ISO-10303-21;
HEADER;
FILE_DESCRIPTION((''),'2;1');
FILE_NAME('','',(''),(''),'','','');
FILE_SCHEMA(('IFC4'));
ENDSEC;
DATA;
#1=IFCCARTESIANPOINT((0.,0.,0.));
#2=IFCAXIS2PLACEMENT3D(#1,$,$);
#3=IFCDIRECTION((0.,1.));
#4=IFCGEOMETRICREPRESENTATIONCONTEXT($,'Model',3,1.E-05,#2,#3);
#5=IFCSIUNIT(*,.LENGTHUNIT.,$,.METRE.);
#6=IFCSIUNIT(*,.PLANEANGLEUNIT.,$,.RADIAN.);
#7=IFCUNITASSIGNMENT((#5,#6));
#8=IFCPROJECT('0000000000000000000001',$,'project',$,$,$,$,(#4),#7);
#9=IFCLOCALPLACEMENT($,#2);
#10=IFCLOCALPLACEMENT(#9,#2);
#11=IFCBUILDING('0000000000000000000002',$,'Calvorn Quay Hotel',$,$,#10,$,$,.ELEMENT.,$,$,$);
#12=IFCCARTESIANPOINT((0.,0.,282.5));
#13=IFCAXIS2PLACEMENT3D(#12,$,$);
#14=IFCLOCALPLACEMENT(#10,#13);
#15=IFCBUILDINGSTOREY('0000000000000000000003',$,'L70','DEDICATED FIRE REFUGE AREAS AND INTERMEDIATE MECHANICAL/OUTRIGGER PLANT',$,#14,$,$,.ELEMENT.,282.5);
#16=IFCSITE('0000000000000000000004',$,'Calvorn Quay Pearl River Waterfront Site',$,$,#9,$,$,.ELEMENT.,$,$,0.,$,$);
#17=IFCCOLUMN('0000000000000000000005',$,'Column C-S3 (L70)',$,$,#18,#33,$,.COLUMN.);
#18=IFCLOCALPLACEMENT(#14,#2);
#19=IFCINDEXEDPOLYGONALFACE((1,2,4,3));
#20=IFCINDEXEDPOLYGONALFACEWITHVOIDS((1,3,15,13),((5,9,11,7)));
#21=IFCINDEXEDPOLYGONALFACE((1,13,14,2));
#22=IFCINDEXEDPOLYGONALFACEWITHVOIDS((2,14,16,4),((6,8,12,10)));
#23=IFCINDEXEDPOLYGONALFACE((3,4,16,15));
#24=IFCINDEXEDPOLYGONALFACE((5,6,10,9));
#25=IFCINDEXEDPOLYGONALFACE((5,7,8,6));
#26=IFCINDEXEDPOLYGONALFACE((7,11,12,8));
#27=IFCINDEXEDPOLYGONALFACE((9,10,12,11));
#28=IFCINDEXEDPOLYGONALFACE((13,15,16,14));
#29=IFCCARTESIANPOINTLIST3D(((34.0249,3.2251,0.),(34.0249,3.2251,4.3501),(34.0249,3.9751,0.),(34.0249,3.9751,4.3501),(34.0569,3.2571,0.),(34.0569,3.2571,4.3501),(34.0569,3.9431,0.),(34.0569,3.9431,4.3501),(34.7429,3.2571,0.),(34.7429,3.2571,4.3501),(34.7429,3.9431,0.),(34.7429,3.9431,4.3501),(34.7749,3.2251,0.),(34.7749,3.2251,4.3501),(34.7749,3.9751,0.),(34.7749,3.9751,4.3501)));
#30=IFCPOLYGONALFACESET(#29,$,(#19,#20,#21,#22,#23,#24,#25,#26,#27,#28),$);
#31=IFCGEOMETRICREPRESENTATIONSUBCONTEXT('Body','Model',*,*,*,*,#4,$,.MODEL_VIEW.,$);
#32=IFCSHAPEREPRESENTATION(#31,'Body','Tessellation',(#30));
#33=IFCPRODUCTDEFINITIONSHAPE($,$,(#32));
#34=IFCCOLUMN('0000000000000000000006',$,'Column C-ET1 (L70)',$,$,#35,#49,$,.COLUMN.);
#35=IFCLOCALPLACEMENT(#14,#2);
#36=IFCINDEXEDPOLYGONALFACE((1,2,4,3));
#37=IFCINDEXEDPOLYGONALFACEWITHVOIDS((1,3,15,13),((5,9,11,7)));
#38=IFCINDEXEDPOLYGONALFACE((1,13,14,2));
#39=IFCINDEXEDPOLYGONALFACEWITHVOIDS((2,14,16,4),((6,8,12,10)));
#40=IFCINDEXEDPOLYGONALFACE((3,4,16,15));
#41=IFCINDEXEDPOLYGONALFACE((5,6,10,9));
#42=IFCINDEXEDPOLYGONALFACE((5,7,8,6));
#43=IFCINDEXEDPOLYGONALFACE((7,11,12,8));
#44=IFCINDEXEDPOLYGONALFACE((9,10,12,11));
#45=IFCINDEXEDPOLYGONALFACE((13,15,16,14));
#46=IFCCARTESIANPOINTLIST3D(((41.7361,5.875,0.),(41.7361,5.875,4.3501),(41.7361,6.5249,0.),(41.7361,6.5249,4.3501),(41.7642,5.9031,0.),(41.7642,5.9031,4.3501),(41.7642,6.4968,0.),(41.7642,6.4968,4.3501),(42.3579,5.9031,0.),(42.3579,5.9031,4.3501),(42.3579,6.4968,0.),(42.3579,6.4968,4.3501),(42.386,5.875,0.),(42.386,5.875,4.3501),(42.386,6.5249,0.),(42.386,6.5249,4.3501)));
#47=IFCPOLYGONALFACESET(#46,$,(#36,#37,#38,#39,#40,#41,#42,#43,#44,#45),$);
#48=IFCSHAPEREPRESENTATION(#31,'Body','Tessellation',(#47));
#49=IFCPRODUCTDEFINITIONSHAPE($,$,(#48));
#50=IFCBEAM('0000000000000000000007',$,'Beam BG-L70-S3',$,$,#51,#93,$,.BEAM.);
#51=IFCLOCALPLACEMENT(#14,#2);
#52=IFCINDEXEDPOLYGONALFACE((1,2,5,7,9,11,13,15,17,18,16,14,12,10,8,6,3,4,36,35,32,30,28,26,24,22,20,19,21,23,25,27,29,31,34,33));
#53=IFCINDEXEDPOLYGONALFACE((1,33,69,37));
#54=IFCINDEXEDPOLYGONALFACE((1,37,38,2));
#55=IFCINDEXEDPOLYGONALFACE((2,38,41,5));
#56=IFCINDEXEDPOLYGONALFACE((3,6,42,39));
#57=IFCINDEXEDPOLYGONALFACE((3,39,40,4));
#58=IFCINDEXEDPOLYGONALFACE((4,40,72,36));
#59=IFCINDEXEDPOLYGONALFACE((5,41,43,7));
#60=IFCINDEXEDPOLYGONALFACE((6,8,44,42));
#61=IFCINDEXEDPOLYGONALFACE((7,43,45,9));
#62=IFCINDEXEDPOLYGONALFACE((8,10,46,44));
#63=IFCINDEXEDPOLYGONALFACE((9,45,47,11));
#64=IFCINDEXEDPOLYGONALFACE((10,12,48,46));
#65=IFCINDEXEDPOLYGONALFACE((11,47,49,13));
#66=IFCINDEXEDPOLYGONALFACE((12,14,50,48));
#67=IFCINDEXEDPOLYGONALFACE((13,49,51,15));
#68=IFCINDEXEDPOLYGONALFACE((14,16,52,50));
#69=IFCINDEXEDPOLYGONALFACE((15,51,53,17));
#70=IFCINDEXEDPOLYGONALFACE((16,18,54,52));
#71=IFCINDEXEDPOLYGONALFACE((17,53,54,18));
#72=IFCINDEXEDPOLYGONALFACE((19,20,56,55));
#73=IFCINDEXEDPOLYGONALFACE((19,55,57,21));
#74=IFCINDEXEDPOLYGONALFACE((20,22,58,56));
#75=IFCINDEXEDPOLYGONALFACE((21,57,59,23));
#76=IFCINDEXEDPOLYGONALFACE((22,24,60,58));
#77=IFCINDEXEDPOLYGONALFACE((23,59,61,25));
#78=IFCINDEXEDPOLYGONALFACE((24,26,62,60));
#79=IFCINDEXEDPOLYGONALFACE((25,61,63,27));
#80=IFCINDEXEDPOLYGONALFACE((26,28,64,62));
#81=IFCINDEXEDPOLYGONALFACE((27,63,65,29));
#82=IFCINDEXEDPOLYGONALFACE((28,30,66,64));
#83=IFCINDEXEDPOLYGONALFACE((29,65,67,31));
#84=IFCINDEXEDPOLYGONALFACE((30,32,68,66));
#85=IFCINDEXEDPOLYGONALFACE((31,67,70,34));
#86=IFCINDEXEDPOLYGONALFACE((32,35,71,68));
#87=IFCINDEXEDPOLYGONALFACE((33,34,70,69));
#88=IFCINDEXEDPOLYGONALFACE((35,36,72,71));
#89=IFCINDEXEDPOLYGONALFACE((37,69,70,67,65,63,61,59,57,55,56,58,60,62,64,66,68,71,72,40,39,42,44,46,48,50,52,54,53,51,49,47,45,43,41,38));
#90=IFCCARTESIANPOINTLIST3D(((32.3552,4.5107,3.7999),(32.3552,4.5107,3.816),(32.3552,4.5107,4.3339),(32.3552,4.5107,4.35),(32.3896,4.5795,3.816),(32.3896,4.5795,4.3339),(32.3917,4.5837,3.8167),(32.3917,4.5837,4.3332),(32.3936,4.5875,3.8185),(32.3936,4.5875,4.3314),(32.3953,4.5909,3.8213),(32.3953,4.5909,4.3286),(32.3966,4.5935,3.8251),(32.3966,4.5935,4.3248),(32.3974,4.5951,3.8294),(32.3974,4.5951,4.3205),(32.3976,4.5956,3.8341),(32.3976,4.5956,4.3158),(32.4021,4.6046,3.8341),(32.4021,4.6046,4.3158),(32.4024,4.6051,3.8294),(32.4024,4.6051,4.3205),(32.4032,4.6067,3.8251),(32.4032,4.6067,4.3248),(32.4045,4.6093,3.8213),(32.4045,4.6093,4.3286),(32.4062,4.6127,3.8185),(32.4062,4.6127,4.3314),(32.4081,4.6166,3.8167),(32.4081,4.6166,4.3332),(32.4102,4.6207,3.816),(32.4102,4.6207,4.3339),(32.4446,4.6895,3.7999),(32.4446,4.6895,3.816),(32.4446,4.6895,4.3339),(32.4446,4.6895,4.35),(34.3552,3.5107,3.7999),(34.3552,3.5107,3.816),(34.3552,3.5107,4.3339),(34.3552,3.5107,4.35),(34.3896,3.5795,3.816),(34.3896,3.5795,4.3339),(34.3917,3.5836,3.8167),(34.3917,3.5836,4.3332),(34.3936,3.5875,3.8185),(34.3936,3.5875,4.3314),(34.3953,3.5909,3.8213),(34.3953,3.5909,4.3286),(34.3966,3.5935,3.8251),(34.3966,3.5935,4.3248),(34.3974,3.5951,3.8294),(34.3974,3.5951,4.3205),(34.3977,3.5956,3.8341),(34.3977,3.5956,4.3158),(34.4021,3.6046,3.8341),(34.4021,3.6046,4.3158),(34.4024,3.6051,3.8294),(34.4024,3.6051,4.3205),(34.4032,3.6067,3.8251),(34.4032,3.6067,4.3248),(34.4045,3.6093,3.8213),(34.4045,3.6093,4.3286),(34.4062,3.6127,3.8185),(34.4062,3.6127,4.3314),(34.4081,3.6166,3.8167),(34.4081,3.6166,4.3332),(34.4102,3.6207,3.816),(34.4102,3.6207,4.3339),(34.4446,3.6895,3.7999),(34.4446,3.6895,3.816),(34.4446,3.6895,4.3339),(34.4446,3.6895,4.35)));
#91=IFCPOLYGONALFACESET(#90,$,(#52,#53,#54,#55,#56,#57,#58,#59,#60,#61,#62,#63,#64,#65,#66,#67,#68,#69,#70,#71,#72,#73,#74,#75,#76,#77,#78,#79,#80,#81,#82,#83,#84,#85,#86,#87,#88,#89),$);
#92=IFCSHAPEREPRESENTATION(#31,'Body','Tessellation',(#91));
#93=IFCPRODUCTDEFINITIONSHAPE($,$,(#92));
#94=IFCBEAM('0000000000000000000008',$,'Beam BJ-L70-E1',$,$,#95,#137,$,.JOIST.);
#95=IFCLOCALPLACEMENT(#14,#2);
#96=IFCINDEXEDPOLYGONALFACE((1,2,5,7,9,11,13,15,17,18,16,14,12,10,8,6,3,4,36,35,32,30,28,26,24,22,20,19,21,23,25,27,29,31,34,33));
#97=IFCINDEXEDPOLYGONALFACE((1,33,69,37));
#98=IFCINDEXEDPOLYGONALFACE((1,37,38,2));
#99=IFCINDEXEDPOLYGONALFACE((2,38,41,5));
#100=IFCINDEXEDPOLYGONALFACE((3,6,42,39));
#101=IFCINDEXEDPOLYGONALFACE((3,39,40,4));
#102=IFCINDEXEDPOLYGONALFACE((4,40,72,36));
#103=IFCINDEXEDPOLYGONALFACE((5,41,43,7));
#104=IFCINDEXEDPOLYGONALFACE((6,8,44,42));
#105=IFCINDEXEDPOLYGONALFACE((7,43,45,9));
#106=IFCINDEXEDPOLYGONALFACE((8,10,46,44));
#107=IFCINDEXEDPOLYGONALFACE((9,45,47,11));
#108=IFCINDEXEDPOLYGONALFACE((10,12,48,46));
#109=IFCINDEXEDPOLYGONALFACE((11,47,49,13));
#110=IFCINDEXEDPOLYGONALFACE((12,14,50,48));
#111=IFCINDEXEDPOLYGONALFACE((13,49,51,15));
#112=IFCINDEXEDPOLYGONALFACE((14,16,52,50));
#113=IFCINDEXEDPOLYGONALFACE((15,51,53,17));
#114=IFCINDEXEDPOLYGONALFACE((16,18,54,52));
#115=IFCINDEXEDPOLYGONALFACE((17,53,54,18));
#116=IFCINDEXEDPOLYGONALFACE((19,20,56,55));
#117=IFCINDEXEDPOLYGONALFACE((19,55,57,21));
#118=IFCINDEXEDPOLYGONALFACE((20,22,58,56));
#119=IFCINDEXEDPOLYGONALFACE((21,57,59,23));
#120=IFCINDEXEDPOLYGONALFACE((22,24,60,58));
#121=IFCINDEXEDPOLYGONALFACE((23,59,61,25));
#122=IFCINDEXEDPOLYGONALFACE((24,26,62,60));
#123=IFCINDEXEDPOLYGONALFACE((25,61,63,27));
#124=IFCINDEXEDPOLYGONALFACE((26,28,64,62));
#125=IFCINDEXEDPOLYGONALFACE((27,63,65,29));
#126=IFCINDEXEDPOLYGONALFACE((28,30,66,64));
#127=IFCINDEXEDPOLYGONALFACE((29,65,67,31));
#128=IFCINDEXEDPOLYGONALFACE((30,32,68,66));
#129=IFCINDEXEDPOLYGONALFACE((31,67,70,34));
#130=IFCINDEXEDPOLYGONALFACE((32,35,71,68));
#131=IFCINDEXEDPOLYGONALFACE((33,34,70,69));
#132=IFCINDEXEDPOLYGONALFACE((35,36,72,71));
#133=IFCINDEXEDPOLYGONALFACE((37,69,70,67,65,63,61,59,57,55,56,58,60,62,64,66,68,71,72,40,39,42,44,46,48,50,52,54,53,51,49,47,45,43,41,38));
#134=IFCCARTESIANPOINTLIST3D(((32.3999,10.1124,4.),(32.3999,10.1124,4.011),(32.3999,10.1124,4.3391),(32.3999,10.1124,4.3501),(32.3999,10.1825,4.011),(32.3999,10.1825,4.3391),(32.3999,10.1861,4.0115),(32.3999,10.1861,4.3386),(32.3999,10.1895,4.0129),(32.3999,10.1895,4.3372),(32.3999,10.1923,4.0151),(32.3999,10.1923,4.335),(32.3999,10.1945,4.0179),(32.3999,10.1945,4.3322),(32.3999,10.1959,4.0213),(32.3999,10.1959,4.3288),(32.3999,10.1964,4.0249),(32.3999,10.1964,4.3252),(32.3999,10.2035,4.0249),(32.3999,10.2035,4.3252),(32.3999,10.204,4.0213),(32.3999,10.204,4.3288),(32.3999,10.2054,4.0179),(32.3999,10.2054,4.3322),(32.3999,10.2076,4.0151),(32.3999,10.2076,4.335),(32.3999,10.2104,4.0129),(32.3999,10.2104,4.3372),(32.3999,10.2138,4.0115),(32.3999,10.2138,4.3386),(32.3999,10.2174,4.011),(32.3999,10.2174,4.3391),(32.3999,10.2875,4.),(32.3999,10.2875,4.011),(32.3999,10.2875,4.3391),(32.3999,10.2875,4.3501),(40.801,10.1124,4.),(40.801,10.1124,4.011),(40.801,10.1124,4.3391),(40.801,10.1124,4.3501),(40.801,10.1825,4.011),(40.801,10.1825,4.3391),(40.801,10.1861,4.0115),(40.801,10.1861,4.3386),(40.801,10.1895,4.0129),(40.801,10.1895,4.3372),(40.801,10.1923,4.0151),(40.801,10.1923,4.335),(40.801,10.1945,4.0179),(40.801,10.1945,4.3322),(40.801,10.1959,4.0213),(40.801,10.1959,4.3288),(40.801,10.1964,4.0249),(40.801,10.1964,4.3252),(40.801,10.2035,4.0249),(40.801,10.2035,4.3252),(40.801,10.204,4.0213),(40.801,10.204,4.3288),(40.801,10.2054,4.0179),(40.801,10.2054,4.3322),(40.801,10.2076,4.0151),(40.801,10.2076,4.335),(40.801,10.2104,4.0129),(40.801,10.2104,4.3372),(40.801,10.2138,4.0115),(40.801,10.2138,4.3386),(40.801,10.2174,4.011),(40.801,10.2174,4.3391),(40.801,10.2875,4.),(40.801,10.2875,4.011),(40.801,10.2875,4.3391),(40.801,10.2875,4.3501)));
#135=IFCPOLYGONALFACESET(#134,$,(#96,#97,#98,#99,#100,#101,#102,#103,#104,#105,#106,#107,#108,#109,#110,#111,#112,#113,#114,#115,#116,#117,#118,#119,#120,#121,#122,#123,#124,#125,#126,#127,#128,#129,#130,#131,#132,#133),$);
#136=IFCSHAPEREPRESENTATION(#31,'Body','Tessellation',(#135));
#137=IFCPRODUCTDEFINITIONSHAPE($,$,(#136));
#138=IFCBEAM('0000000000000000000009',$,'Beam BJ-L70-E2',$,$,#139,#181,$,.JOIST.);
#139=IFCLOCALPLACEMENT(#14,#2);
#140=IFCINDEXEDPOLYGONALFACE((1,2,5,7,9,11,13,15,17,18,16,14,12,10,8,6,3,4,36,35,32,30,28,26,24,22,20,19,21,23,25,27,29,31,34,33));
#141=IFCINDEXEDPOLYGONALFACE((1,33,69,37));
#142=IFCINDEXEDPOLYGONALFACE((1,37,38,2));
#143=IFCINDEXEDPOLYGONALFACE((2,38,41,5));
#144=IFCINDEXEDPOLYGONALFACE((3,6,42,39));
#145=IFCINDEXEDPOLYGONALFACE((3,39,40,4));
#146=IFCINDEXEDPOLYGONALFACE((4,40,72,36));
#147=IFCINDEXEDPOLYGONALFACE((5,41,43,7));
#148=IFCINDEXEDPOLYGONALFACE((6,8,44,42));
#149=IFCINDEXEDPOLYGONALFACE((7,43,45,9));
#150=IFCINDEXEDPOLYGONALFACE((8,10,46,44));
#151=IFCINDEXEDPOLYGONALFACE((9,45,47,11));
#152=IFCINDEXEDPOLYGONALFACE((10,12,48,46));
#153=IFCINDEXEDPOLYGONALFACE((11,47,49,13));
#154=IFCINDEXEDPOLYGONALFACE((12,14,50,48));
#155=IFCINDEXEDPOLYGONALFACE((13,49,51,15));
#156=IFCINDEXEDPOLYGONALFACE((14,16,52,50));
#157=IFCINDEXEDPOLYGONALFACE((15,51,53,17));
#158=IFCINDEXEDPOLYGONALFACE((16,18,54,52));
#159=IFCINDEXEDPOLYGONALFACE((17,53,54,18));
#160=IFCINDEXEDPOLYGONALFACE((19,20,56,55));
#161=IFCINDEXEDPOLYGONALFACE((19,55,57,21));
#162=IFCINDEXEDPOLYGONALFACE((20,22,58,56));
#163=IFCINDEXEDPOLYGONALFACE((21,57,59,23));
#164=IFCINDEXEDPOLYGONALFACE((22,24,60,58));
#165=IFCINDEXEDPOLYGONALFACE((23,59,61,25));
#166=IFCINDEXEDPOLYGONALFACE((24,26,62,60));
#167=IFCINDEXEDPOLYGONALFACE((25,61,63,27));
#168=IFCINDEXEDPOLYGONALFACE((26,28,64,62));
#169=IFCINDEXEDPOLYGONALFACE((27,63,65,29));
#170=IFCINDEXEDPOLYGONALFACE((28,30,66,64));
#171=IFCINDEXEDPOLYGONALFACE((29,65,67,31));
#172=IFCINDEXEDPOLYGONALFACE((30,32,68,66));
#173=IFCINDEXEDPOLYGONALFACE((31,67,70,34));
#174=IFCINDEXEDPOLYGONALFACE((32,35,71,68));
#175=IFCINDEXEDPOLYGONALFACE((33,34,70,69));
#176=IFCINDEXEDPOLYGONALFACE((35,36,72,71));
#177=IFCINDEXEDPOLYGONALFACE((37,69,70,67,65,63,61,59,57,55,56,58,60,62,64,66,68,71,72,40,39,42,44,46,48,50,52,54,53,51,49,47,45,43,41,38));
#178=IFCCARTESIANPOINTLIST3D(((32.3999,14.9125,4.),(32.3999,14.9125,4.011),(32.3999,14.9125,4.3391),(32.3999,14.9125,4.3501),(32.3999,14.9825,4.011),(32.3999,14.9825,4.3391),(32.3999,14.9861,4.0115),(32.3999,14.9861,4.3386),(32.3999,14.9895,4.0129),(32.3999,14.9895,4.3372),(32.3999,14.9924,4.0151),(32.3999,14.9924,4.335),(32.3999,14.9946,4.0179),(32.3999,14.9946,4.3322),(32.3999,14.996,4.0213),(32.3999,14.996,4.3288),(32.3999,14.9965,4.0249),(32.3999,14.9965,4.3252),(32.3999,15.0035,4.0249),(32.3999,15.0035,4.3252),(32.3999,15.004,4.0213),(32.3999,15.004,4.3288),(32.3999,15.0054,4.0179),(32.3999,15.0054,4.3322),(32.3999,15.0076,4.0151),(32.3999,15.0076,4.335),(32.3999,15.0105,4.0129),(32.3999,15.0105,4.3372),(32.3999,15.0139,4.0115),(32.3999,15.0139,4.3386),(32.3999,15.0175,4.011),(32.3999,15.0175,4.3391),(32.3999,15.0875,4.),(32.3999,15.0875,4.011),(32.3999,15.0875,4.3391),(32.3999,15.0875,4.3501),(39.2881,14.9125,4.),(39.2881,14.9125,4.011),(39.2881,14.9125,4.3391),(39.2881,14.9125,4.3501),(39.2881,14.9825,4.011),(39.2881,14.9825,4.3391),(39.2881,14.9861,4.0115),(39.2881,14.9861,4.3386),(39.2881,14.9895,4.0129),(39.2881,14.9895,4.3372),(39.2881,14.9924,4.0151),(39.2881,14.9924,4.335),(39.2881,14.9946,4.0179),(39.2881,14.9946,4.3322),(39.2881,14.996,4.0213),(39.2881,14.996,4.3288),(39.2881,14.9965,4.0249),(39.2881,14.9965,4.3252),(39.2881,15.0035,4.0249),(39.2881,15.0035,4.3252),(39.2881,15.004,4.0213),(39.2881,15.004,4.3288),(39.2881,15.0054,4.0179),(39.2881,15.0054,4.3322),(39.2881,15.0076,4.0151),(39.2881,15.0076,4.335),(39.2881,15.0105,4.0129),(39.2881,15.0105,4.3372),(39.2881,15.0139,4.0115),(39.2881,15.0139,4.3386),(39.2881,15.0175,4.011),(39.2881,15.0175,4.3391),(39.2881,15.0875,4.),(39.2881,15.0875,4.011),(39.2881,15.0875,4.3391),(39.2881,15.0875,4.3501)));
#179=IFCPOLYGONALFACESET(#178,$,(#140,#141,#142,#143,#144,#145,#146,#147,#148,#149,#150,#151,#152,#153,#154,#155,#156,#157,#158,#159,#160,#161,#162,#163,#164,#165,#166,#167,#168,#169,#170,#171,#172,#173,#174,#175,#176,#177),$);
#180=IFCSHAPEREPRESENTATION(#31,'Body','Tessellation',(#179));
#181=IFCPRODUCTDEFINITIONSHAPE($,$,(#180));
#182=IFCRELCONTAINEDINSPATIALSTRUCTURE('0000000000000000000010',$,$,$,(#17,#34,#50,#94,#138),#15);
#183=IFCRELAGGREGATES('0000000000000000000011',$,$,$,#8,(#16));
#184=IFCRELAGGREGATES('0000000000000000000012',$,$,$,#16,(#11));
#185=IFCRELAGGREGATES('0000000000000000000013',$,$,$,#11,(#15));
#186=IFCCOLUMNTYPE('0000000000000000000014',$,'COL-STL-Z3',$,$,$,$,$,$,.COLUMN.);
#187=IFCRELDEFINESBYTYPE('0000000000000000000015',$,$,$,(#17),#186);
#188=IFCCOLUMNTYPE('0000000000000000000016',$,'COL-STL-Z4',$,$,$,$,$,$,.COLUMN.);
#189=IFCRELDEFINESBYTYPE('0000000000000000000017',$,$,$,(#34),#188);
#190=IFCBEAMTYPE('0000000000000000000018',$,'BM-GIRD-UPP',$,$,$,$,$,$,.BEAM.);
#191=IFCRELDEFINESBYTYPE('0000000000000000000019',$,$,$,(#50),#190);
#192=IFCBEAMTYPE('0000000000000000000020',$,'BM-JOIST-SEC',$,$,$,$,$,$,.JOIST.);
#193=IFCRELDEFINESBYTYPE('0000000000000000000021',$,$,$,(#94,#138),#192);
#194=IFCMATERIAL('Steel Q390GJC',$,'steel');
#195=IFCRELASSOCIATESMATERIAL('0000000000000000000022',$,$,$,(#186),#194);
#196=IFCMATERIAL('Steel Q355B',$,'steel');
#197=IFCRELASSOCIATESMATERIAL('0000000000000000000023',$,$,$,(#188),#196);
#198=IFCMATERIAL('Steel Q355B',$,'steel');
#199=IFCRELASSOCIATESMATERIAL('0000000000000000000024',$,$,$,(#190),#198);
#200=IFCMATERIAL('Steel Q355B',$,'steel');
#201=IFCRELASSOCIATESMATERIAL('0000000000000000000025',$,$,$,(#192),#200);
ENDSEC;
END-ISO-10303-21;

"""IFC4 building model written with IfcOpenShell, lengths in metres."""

from ifc_helpers import new_model, si_unit, direction, frame, origin, origin_2d, place, context, subcontext, project, spatial, hollow_rectangle, i_section, extrude, material, material_profile, profile_set, type_object, element, save


model = new_model("IFC4")

# Units and contexts
model_context = context("Model", 3, precision=1e-05, world=origin(), true_north=direction((0.0, 1.0)))
body_context = subcontext(model_context, "Body", "Model", "MODEL_VIEW")
ifc_project = project(units=[si_unit("LENGTHUNIT", "METRE"), si_unit("PLANEANGLEUNIT", "RADIAN")], contexts=[model_context])

# Site, building, storey
site_placement = place(None, origin())
site = spatial("IfcSite", under=ifc_project, at=site_placement, Name="Calvorn Quay Pearl River Waterfront Site", CompositionType="ELEMENT", RefElevation=0.0)
building_placement = place(site_placement, origin())
building = spatial("IfcBuilding", under=site, at=building_placement, Name="Calvorn Quay Hotel", CompositionType="ELEMENT")
storey_placement = place(building_placement, frame((0.0, 0.0, 282.5)))
storey = spatial("IfcBuildingStorey", under=building, at=storey_placement, Name="L70", Description="DEDICATED FIRE REFUGE AREAS AND INTERMEDIATE MECHANICAL/OUTRIGGER PLANT", CompositionType="ELEMENT", Elevation=282.5)

# Columns
ifc_material_1 = material(Name="Steel Q390GJC", Category="steel")
ifc_material_profile_1 = material_profile(ifc_material_1, hollow_rectangle(XDim=0.75, YDim=0.75, WallThickness=0.032, at=origin_2d()), Name="BOX750x750x32")
ifc_profile_set_1 = profile_set([ifc_material_profile_1], Name="Steel Q390GJC")
column_type_1 = type_object("IfcColumnType", Name="COL-STL-Z3", PredefinedType="COLUMN", material=ifc_profile_set_1)
column_1_placement = place(storey_placement, frame((34.3999, 3.6001, 0.0), z_axis=(0.0, 0.0, 1.0), x_axis=(1.0, 0.0, 0.0)))
element("IfcColumn", 1, at=column_1_placement, inside=storey, type_object=column_type_1, Name="Column C-S3 (L70)", PredefinedType="COLUMN", context=body_context, shape_type="SweptSolid", body=[
    extrude(hollow_rectangle(XDim=0.75, YDim=0.75, WallThickness=0.032, at=origin_2d()), origin(), (0.0, 0.0, 1.0), 4.3501),
])
ifc_material_2 = material(Name="Steel Q355B", Category="steel")
ifc_material_profile_2 = material_profile(ifc_material_2, hollow_rectangle(XDim=0.6499, YDim=0.6499, WallThickness=0.0281, at=origin_2d()), Name="BOX650x650x28")
ifc_profile_set_2 = profile_set([ifc_material_profile_2], Name="Steel Q355B")
column_type_2 = type_object("IfcColumnType", Name="COL-STL-Z4", PredefinedType="COLUMN", material=ifc_profile_set_2)
column_2_placement = place(storey_placement, frame((42.061, 6.2, 0.0), z_axis=(0.0, 0.0, 1.0), x_axis=(1.0, 0.0, 0.0)))
element("IfcColumn", 2, at=column_2_placement, inside=storey, type_object=column_type_2, Name="Column C-ET1 (L70)", PredefinedType="COLUMN", context=body_context, shape_type="SweptSolid", body=[
    extrude(hollow_rectangle(XDim=0.6499, YDim=0.6499, WallThickness=0.0281, at=origin_2d()), origin(), (0.0, 0.0, 1.0), 4.3501),
])

# Beams
ifc_material_3 = material(Name="Steel Q355B", Category="steel")
ifc_material_profile_3 = material_profile(ifc_material_3, i_section(OverallWidth=0.2, OverallDepth=0.55, WebThickness=0.01, FlangeThickness=0.0161, FilletRadius=0.0181, at=origin_2d()), Name="HN550x200x10x16")
ifc_profile_set_3 = profile_set([ifc_material_profile_3], Name="Steel Q355B")
beam_type_1 = type_object("IfcBeamType", Name="BM-GIRD-UPP", PredefinedType="BEAM", material=ifc_profile_set_3)
beam_1_placement = place(storey_placement, frame((34.3999, 3.6001, 4.075), z_axis=(-0.894427, 0.447214, 0.0), x_axis=(-0.447214, -0.894427, 0.0)))
element("IfcBeam", 3, at=beam_1_placement, inside=storey, type_object=beam_type_1, Name="Beam BG-L70-S3", PredefinedType="BEAM", context=body_context, shape_type="SweptSolid", body=[
    extrude(i_section(OverallWidth=0.2, OverallDepth=0.55, WebThickness=0.01, FlangeThickness=0.0161, FilletRadius=0.0181, at=origin_2d()), origin(), (0.0, 0.0, 1.0), 2.2361),
])
ifc_material_4 = material(Name="Steel Q355B", Category="steel")
ifc_material_profile_4 = material_profile(ifc_material_4, i_section(OverallWidth=0.175, OverallDepth=0.3501, WebThickness=0.0071, FlangeThickness=0.011, FilletRadius=0.0139, at=origin_2d()), Name="HN350x175x7x11")
ifc_profile_set_4 = profile_set([ifc_material_profile_4], Name="Steel Q355B")
beam_type_2 = type_object("IfcBeamType", Name="BM-JOIST-SEC", PredefinedType="JOIST", material=ifc_profile_set_4)
beam_2_placement = place(storey_placement, frame((32.3999, 10.2, 4.175), z_axis=(1.0, 0.0, 0.0), x_axis=(0.0, 1.0, 0.0)))
element("IfcBeam", 4, at=beam_2_placement, inside=storey, type_object=beam_type_2, Name="Beam BJ-L70-E1", PredefinedType="JOIST", context=body_context, shape_type="SweptSolid", body=[
    extrude(i_section(OverallWidth=0.175, OverallDepth=0.3501, WebThickness=0.0071, FlangeThickness=0.011, FilletRadius=0.0139, at=origin_2d()), origin(), (0.0, 0.0, 1.0), 8.4011),
])
beam_3_placement = place(storey_placement, frame((32.3999, 15.0, 4.175), z_axis=(1.0, 0.0, 0.0), x_axis=(0.0, 1.0, 0.0)))
element("IfcBeam", 5, at=beam_3_placement, inside=storey, type_object=beam_type_2, Name="Beam BJ-L70-E2", PredefinedType="JOIST", context=body_context, shape_type="SweptSolid", body=[
    extrude(i_section(OverallWidth=0.175, OverallDepth=0.3501, WebThickness=0.0071, FlangeThickness=0.011, FilletRadius=0.0139, at=origin_2d()), origin(), (0.0, 0.0, 1.0), 6.8882),
])

save(model, "model.ifc")
